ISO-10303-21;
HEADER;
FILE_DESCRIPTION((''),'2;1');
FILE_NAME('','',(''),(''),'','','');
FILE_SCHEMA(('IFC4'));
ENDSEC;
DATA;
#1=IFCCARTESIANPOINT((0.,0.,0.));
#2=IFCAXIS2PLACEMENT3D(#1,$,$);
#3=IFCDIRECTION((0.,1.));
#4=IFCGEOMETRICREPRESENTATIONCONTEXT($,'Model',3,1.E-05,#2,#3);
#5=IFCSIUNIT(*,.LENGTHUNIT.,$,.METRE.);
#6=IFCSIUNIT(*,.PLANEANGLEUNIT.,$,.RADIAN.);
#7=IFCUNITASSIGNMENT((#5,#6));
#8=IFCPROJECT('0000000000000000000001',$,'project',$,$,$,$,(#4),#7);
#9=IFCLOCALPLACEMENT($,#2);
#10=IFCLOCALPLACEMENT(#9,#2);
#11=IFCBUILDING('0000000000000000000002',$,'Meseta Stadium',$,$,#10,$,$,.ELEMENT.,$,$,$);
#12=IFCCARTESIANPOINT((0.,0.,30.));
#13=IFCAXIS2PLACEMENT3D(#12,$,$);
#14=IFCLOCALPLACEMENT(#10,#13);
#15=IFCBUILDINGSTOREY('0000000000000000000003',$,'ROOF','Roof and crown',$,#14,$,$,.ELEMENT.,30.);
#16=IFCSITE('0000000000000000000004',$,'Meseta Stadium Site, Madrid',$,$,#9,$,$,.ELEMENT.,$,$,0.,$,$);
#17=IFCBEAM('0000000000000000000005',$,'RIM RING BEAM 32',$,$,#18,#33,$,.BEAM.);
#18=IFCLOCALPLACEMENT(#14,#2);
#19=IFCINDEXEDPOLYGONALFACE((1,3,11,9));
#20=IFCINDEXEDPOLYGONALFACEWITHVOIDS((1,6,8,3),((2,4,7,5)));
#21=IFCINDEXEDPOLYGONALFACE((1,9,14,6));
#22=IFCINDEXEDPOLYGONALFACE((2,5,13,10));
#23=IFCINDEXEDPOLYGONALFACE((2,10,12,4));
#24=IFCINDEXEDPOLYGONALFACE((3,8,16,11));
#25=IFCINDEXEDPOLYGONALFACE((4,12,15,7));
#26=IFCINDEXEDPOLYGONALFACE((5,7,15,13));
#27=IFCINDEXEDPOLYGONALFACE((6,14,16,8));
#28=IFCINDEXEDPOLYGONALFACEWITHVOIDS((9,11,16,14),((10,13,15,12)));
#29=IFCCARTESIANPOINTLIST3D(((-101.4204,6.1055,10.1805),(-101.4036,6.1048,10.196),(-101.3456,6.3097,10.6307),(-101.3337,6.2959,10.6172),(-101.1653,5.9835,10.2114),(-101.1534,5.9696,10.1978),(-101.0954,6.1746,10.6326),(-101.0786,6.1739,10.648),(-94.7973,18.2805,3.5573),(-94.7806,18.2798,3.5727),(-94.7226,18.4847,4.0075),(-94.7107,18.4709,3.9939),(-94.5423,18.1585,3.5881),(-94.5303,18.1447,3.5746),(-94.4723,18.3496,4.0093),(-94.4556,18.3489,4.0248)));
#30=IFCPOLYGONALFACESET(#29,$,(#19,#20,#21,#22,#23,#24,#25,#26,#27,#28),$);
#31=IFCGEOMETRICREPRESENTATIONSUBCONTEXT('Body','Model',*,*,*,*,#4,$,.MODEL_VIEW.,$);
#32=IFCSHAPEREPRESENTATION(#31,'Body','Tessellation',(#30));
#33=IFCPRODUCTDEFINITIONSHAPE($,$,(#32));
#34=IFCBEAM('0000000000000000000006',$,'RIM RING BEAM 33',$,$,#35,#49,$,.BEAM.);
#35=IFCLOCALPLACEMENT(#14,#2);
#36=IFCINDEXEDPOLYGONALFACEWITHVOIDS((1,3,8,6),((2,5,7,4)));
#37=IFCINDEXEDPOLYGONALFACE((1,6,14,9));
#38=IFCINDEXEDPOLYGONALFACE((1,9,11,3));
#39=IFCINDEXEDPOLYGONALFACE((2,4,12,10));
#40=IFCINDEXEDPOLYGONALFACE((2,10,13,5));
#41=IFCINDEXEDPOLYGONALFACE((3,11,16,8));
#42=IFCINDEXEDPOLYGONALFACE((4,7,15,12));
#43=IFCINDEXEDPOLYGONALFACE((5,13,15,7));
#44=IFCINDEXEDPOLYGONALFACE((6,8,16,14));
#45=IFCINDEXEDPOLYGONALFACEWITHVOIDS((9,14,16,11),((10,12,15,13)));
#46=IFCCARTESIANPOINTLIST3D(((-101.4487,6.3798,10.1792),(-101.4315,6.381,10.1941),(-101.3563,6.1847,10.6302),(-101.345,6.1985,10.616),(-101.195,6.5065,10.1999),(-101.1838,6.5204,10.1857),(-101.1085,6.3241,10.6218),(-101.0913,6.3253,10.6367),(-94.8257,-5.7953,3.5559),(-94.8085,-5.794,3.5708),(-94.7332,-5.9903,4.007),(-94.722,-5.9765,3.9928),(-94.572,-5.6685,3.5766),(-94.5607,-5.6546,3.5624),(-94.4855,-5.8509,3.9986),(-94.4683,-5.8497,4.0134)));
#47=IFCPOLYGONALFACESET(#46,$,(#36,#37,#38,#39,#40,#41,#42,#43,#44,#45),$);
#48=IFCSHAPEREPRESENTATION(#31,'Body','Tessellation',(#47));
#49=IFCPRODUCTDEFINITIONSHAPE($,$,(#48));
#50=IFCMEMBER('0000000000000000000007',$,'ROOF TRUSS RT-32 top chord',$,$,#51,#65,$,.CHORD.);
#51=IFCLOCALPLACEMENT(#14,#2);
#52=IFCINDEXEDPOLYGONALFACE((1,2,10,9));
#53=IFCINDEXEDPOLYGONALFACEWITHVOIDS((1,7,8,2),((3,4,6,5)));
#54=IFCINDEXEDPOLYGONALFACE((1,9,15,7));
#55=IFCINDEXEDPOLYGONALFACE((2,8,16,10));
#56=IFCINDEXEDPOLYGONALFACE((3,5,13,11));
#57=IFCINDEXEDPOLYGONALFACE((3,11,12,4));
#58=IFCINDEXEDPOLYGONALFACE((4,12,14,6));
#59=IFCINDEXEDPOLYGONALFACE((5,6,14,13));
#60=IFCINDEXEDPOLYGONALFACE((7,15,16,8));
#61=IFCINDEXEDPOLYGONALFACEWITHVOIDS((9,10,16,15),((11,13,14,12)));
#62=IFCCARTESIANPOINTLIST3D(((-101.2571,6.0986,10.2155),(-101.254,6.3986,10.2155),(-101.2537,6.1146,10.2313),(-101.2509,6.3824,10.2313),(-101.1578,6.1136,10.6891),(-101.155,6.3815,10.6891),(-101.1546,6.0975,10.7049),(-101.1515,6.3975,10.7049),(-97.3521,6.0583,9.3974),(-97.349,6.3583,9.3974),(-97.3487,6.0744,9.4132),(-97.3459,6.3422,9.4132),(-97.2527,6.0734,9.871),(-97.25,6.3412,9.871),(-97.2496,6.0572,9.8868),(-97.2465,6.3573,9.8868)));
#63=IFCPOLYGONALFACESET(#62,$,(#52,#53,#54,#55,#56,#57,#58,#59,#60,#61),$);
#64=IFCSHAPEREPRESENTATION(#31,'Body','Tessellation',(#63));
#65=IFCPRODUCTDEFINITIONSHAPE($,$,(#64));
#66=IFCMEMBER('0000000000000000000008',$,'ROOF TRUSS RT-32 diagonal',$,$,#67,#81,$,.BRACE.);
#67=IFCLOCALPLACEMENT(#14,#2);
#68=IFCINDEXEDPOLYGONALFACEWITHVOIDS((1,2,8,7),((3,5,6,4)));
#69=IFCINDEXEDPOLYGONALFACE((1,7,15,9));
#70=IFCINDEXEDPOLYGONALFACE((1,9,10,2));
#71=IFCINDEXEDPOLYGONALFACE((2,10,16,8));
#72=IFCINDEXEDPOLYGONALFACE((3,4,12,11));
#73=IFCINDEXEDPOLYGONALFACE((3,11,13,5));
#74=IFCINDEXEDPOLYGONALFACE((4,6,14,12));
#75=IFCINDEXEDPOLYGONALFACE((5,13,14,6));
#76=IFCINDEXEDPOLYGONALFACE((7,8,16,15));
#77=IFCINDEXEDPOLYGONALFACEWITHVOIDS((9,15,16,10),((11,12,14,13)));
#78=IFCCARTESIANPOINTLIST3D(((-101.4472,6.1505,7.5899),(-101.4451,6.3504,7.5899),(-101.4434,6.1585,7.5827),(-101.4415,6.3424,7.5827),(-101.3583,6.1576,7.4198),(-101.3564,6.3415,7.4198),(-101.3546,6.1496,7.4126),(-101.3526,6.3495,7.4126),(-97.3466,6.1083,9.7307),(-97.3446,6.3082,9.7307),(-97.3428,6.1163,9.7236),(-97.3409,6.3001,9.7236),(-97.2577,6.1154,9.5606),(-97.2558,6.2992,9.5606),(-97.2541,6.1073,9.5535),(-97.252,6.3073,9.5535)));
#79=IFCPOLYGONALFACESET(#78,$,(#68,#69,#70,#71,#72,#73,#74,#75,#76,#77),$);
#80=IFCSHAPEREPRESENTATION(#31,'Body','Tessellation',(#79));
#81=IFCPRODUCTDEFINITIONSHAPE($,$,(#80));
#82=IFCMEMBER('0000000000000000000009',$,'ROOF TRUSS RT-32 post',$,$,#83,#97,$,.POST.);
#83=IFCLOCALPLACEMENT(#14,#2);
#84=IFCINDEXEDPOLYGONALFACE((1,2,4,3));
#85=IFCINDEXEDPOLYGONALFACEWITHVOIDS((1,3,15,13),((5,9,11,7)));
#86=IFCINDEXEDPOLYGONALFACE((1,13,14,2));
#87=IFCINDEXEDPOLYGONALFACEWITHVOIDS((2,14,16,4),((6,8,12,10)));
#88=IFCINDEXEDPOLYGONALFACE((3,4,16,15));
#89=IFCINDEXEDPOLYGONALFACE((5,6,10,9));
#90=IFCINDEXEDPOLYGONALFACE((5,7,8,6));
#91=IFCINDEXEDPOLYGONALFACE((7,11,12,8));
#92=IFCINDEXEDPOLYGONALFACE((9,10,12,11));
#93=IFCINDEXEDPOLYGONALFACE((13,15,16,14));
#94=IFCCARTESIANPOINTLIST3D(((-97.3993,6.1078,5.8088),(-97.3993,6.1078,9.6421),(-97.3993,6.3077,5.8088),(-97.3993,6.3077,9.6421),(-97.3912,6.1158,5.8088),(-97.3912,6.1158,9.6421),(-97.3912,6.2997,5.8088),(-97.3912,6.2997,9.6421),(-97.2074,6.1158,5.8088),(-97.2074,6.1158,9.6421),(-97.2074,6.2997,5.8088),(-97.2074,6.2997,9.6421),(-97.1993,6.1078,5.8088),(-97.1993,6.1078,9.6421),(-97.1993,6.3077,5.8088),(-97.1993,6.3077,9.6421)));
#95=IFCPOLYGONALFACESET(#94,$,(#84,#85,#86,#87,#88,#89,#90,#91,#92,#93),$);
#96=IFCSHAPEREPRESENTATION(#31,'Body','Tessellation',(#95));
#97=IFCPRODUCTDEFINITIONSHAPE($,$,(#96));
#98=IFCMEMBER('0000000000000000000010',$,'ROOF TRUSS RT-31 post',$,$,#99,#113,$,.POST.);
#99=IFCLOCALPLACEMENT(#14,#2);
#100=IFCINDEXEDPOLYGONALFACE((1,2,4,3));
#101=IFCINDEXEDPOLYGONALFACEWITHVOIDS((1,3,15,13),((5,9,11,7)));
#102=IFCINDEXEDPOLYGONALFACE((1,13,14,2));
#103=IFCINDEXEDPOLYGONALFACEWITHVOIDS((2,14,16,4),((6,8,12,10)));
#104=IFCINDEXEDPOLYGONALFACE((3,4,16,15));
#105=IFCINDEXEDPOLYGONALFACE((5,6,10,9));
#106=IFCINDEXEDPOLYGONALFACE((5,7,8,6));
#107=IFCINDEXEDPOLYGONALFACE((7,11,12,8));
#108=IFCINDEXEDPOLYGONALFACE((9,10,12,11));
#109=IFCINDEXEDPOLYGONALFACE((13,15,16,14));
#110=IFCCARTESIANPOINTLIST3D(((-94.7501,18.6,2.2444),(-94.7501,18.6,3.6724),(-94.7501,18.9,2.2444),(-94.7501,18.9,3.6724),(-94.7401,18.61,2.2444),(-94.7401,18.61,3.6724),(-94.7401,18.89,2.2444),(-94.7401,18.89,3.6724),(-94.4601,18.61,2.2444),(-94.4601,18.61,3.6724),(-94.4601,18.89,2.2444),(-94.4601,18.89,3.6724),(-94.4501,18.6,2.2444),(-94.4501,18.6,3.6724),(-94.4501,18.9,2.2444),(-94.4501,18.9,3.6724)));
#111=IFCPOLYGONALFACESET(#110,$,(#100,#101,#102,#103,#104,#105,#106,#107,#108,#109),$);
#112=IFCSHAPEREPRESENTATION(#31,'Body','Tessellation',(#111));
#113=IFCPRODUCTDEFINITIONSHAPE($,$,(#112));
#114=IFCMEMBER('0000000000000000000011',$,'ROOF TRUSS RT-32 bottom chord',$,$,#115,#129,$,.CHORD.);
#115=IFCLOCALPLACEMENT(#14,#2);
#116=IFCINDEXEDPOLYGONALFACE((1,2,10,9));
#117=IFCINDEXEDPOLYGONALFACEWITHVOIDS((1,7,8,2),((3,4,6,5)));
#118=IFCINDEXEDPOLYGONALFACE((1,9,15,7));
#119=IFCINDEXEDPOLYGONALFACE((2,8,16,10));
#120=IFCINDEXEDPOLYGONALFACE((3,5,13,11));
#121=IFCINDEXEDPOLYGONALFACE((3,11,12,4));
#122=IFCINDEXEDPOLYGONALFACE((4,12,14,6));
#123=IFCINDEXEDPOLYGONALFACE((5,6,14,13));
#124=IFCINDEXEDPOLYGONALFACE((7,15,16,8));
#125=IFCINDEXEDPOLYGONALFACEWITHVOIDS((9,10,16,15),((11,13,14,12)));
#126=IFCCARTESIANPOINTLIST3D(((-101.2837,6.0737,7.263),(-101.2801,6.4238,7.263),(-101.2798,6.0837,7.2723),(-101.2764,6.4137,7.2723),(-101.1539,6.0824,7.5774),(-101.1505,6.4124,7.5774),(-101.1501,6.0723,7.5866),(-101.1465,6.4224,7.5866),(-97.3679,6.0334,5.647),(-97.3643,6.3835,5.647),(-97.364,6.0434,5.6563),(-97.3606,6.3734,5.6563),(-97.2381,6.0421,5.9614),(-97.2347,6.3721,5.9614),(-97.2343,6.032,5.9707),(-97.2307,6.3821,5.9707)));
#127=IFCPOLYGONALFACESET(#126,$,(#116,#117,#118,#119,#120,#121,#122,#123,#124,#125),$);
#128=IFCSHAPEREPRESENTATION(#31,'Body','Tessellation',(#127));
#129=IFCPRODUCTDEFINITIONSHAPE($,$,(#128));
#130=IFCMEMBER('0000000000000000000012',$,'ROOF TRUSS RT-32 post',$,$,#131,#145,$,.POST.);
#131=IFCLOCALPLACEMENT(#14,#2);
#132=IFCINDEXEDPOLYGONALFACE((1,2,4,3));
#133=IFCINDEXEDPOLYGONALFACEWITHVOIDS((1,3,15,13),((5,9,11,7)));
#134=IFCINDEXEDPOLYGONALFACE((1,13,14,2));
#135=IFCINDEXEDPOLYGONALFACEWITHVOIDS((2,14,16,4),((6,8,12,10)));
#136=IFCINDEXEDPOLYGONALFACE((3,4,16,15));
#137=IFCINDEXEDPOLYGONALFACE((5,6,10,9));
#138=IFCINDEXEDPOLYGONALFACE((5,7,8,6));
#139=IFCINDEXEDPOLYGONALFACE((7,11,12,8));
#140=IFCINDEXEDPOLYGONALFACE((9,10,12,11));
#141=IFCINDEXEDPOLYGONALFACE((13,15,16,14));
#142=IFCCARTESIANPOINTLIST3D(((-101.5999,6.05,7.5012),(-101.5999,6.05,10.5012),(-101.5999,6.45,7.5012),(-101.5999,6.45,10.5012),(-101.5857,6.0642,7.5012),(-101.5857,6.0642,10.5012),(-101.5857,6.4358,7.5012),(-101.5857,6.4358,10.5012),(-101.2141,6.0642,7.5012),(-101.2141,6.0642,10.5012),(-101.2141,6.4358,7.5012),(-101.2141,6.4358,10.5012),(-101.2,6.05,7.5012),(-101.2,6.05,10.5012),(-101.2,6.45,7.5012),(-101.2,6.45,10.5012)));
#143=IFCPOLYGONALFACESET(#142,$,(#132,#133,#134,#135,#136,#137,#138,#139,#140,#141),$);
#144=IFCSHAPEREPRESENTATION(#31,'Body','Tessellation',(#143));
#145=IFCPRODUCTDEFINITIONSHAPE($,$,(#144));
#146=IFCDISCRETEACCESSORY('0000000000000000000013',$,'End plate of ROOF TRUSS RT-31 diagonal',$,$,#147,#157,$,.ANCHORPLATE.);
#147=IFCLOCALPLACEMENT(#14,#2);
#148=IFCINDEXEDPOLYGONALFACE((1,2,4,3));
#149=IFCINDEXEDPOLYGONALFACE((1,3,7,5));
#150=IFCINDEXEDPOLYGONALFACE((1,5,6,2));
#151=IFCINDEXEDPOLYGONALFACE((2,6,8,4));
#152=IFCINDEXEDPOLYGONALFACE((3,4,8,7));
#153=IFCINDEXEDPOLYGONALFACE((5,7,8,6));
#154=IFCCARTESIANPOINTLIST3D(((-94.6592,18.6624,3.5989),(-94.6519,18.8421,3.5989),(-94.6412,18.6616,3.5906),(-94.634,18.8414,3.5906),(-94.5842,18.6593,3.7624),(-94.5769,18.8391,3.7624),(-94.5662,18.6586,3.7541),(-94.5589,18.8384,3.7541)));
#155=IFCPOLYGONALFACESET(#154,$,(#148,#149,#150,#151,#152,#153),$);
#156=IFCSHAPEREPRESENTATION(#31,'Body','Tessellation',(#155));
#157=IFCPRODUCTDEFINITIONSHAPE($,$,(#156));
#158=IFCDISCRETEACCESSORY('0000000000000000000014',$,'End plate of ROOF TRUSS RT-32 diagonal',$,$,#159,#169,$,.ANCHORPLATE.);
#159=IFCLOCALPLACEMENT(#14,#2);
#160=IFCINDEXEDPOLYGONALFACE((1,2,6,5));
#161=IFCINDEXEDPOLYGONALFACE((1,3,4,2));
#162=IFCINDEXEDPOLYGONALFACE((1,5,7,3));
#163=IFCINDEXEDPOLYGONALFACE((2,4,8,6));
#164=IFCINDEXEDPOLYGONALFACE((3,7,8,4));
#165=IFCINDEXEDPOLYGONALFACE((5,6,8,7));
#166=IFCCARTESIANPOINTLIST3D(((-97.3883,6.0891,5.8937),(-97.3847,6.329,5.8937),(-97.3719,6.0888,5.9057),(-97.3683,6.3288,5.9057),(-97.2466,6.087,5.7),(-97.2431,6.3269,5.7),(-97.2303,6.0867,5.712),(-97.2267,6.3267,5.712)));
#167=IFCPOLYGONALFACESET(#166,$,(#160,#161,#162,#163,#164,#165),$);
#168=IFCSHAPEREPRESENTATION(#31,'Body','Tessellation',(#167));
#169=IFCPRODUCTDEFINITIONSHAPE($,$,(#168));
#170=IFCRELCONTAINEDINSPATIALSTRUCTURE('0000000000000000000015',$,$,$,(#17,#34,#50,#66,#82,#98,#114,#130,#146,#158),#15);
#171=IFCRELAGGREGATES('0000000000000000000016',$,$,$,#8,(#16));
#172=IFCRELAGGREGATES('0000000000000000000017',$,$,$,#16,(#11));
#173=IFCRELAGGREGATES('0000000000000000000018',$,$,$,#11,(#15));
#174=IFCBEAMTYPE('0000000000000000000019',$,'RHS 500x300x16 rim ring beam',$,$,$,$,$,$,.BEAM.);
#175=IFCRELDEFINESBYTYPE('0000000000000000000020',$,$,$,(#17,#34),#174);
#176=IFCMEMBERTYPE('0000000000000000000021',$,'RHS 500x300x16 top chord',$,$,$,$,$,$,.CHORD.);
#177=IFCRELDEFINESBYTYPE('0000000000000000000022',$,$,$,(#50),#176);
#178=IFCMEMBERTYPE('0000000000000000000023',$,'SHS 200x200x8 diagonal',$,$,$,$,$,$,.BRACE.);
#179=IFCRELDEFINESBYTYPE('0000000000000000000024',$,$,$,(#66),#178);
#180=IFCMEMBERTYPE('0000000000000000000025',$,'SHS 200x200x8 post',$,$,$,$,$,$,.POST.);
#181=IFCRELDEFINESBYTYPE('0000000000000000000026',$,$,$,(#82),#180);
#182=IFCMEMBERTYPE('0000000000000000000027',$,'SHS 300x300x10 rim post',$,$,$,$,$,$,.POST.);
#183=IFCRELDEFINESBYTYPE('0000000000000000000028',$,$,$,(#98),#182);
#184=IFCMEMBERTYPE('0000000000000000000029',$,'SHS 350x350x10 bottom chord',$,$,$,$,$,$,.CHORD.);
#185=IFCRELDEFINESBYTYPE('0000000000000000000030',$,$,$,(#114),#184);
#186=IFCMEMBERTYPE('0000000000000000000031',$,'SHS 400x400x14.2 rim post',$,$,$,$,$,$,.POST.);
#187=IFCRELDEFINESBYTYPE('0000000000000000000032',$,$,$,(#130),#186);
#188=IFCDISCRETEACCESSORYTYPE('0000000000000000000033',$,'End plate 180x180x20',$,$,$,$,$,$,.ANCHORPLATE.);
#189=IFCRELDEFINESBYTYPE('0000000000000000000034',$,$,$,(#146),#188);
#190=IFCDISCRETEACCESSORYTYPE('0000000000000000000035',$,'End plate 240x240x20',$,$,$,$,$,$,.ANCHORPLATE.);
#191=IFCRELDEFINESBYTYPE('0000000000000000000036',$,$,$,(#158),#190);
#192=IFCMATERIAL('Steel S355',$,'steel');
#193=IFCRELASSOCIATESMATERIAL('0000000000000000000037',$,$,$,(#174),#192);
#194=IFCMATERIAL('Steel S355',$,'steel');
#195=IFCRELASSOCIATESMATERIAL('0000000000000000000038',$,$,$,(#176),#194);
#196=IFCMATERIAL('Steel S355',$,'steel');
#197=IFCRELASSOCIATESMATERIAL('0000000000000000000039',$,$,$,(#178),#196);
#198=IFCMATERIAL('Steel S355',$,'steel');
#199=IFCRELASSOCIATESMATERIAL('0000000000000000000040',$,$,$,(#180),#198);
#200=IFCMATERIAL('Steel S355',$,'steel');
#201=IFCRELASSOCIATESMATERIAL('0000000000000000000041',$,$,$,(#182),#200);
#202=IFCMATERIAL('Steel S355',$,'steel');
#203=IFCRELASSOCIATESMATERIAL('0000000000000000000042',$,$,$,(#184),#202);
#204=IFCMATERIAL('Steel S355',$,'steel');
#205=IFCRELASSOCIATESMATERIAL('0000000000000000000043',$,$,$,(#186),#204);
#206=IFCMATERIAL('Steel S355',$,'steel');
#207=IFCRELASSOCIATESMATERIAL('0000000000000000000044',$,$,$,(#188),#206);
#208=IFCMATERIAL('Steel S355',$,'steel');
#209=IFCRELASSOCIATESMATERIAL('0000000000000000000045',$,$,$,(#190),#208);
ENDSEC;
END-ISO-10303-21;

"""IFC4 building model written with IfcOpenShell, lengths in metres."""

from ifc_helpers import new_model, si_unit, direction, frame, origin, origin_2d, place, context, subcontext, project, spatial, rectangle, hollow_rectangle, extrude, material, material_profile, profile_set, type_object, element, save


model = new_model("IFC4")

# Units and contexts
model_context = context("Model", 3, precision=1e-05, world=origin(), true_north=direction((0.0, 1.0)))
body_context = subcontext(model_context, "Body", "Model", "MODEL_VIEW")
ifc_project = project(units=[si_unit("LENGTHUNIT", "METRE"), si_unit("PLANEANGLEUNIT", "RADIAN")], contexts=[model_context])

# Site, building, storey
site_placement = place(None, origin())
site = spatial("IfcSite", under=ifc_project, at=site_placement, Name="Meseta Stadium Site, Madrid", CompositionType="ELEMENT", RefElevation=0.0)
building_placement = place(site_placement, origin())
building = spatial("IfcBuilding", under=site, at=building_placement, Name="Meseta Stadium", CompositionType="ELEMENT")
storey_placement = place(building_placement, frame((0.0, 0.0, 30.0)))
storey = spatial("IfcBuildingStorey", under=building, at=storey_placement, Name="ROOF", Description="Roof and crown", CompositionType="ELEMENT", Elevation=30.0)

# Beams
ifc_material_1 = material(Name="Steel S355", Category="steel")
ifc_material_profile_1 = material_profile(ifc_material_1, hollow_rectangle(XDim=0.3, YDim=0.5, WallThickness=0.0161, at=origin_2d()), Name="RHS 500x300x16")
ifc_profile_set_1 = profile_set([ifc_material_profile_1], Name="Steel S355")
beam_type = type_object("IfcBeamType", Name="RHS 500x300x16 rim ring beam", PredefinedType="BEAM", material=ifc_profile_set_1)
for number, where, z_axis, x_axis, name in (
    (1, (-94.6265, 18.3147, 3.791), (-0.431156, -0.792588, 0.431172), (0.889806, -0.452683, 0.057643), "RIM RING BEAM 32"),
    (2, (-101.27, 6.3525, 10.408), (0.431156, -0.792588, -0.431172), (0.883117, 0.468656, 0.021593), "RIM RING BEAM 33"),
):
    element("IfcBeam", number, at=place(storey_placement, frame(where, z_axis=z_axis, x_axis=x_axis)), inside=storey, type_object=beam_type, Name=name, PredefinedType="BEAM", context=body_context, shape_type="SweptSolid", body=[
        extrude(hollow_rectangle(XDim=0.3, YDim=0.5, WallThickness=0.0161, at=origin_2d()), origin(), (0.0, 0.0, 1.0), 15.3611),
    ])

# Members
ifc_material_2 = material(Name="Steel S355", Category="steel")
ifc_material_profile_2 = material_profile(ifc_material_2, hollow_rectangle(XDim=0.3, YDim=0.5, WallThickness=0.0161, at=origin_2d()), Name="RHS 500x300x16")
ifc_profile_set_2 = profile_set([ifc_material_profile_2], Name="Steel S355")
member_type_1 = type_object("IfcMemberType", Name="RHS 500x300x16 top chord", PredefinedType="CHORD", material=ifc_profile_set_2)
member_1_placement = place(storey_placement, frame((-97.2993, 6.2078, 9.6421), z_axis=(-0.978701, 0.010096, 0.205041), x_axis=(-0.010315, -0.999947, 0.0)))
element("IfcMember", 3, at=member_1_placement, inside=storey, type_object=member_type_1, Name="ROOF TRUSS RT-32 top chord", PredefinedType="CHORD", context=body_context, shape_type="SweptSolid", body=[
    extrude(hollow_rectangle(XDim=0.3, YDim=0.5, WallThickness=0.0161, at=origin_2d()), origin(), (0.0, 0.0, 1.0), 3.99),
])
ifc_material_3 = material(Name="Steel S355", Category="steel")
ifc_material_profile_3 = material_profile(ifc_material_3, hollow_rectangle(XDim=0.2, YDim=0.2, WallThickness=0.0081, at=origin_2d()), Name="SHS 200x200x8")
ifc_profile_set_3 = profile_set([ifc_material_profile_3], Name="Steel S355")
member_type_2 = type_object("IfcMemberType", Name="SHS 200x200x8 diagonal", PredefinedType="BRACE", material=ifc_profile_set_3)
member_2_placement = place(storey_placement, frame((-97.2993, 6.2078, 9.6421), z_axis=(-0.886421, 0.00913, -0.46279), x_axis=(-0.0103, -0.999947, 0.0)))
element("IfcMember", 4, at=member_2_placement, inside=storey, type_object=member_type_2, Name="ROOF TRUSS RT-32 diagonal", PredefinedType="BRACE", context=body_context, shape_type="SweptSolid", body=[
    extrude(hollow_rectangle(XDim=0.2, YDim=0.2, WallThickness=0.0081, at=origin_2d()), origin(), (0.0, 0.0, 1.0), 4.626),
])
ifc_material_4 = material(Name="Steel S355", Category="steel")
ifc_material_profile_4 = material_profile(ifc_material_4, hollow_rectangle(XDim=0.2, YDim=0.2, WallThickness=0.0081, at=origin_2d()), Name="SHS 200x200x8")
ifc_profile_set_4 = profile_set([ifc_material_profile_4], Name="Steel S355")
member_type_3 = type_object("IfcMemberType", Name="SHS 200x200x8 post", PredefinedType="POST", material=ifc_profile_set_4)
member_3_placement = place(storey_placement, frame((-97.2993, 6.2078, 5.8088), z_axis=(0.0, 0.0, 1.0), x_axis=(1.0, 0.0, 0.0)))
element("IfcMember", 5, at=member_3_placement, inside=storey, type_object=member_type_3, Name="ROOF TRUSS RT-32 post", PredefinedType="POST", context=body_context, shape_type="SweptSolid", body=[
    extrude(hollow_rectangle(XDim=0.2, YDim=0.2, WallThickness=0.0081, at=origin_2d()), origin(), (0.0, 0.0, 1.0), 3.8333),
])
ifc_material_5 = material(Name="Steel S355", Category="steel")
ifc_material_profile_5 = material_profile(ifc_material_5, hollow_rectangle(XDim=0.3, YDim=0.3, WallThickness=0.01, at=origin_2d()), Name="SHS 300x300x10")
ifc_profile_set_5 = profile_set([ifc_material_profile_5], Name="Steel S355")
member_type_4 = type_object("IfcMemberType", Name="SHS 300x300x10 rim post", PredefinedType="POST", material=ifc_profile_set_5)
member_4_placement = place(storey_placement, frame((-94.6001, 18.75, 2.2444), z_axis=(0.0, 0.0, 1.0), x_axis=(1.0, 0.0, 0.0)))
element("IfcMember", 6, at=member_4_placement, inside=storey, type_object=member_type_4, Name="ROOF TRUSS RT-31 post", PredefinedType="POST", context=body_context, shape_type="SweptSolid", body=[
    extrude(hollow_rectangle(XDim=0.3, YDim=0.3, WallThickness=0.01, at=origin_2d()), origin(), (0.0, 0.0, 1.0), 1.428),
])
ifc_material_6 = material(Name="Steel S355", Category="steel")
ifc_material_profile_6 = material_profile(ifc_material_6, hollow_rectangle(XDim=0.3501, YDim=0.3501, WallThickness=0.01, at=origin_2d()), Name="SHS 350x350x10")
ifc_profile_set_6 = profile_set([ifc_material_profile_6], Name="Steel S355")
member_type_5 = type_object("IfcMemberType", Name="SHS 350x350x10 bottom chord", PredefinedType="CHORD", material=ifc_profile_set_6)
member_5_placement = place(storey_placement, frame((-97.2993, 6.2078, 5.8088), z_axis=(-0.924338, 0.009509, 0.381457), x_axis=(-0.010287, -0.999947, 0.0)))
element("IfcMember", 7, at=member_5_placement, inside=storey, type_object=member_type_5, Name="ROOF TRUSS RT-32 bottom chord", PredefinedType="CHORD", context=body_context, shape_type="SweptSolid", body=[
    extrude(hollow_rectangle(XDim=0.3501, YDim=0.3501, WallThickness=0.01, at=origin_2d()), origin(), (0.0, 0.0, 1.0), 4.2363),
])
ifc_material_7 = material(Name="Steel S355", Category="steel")
ifc_material_profile_7 = material_profile(ifc_material_7, hollow_rectangle(XDim=0.3999, YDim=0.3999, WallThickness=0.0142, at=origin_2d()), Name="SHS 400x400x14.2")
ifc_profile_set_7 = profile_set([ifc_material_profile_7], Name="Steel S355")
member_type_6 = type_object("IfcMemberType", Name="SHS 400x400x14.2 rim post", PredefinedType="POST", material=ifc_profile_set_7)
member_6_placement = place(storey_placement, frame((-101.3999, 6.25, 7.5012), z_axis=(0.0, 0.0, 1.0), x_axis=(1.0, 0.0, 0.0)))
element("IfcMember", 8, at=member_6_placement, inside=storey, type_object=member_type_6, Name="ROOF TRUSS RT-32 post", PredefinedType="POST", context=body_context, shape_type="SweptSolid", body=[
    extrude(hollow_rectangle(XDim=0.3999, YDim=0.3999, WallThickness=0.0142, at=origin_2d()), origin(), (0.0, 0.0, 1.0), 3.0),
])

# Discrete accessories
ifc_material_8 = material(Name="Steel S355", Category="steel")
ifc_material_profile_8 = material_profile(ifc_material_8, rectangle(XDim=0.1799, YDim=0.1799, at=origin_2d()), Name="PL 180x180")
ifc_profile_set_8 = profile_set([ifc_material_profile_8], Name="Steel S355")
discrete_accessory_type_1 = type_object("IfcDiscreteAccessoryType", Name="End plate 180x180x20", PredefinedType="ANCHORPLATE", material=ifc_profile_set_8)
discrete_accessory_1_placement = place(storey_placement, frame((-94.6001, 18.75, 3.6724), z_axis=(-0.908061, 0.036813, 0.417217), x_axis=(-0.040507, -0.999179, 0.0)))
element("IfcDiscreteAccessory", 9, at=discrete_accessory_1_placement, inside=storey, type_object=discrete_accessory_type_1, Name="End plate of ROOF TRUSS RT-31 diagonal", PredefinedType="ANCHORPLATE", context=body_context, shape_type="SweptSolid", body=[
    extrude(rectangle(XDim=0.1799, YDim=0.1799, at=origin_2d()), origin(), (0.0, 0.0, 1.0), 0.0198),
])
ifc_material_9 = material(Name="Steel S355", Category="steel")
ifc_material_profile_9 = material_profile(ifc_material_9, rectangle(XDim=0.24, YDim=0.24, at=origin_2d()), Name="PL 240x240")
ifc_profile_set_9 = profile_set([ifc_material_profile_9], Name="Steel S355")
discrete_accessory_type_2 = type_object("IfcDiscreteAccessoryType", Name="End plate 240x240x20", PredefinedType="ANCHORPLATE", material=ifc_profile_set_9)
discrete_accessory_2_placement = place(storey_placement, frame((-97.2993, 6.2078, 5.8088), z_axis=(-0.807112, 0.012046, -0.590276), x_axis=(-0.014924, -0.999889, 0.0)))
element("IfcDiscreteAccessory", 10, at=discrete_accessory_2_placement, inside=storey, type_object=discrete_accessory_type_2, Name="End plate of ROOF TRUSS RT-32 diagonal", PredefinedType="ANCHORPLATE", context=body_context, shape_type="SweptSolid", body=[
    extrude(rectangle(XDim=0.24, YDim=0.24, at=origin_2d()), origin(), (0.0, 0.0, 1.0), 0.0203),
])

save(model, "model.ifc")
